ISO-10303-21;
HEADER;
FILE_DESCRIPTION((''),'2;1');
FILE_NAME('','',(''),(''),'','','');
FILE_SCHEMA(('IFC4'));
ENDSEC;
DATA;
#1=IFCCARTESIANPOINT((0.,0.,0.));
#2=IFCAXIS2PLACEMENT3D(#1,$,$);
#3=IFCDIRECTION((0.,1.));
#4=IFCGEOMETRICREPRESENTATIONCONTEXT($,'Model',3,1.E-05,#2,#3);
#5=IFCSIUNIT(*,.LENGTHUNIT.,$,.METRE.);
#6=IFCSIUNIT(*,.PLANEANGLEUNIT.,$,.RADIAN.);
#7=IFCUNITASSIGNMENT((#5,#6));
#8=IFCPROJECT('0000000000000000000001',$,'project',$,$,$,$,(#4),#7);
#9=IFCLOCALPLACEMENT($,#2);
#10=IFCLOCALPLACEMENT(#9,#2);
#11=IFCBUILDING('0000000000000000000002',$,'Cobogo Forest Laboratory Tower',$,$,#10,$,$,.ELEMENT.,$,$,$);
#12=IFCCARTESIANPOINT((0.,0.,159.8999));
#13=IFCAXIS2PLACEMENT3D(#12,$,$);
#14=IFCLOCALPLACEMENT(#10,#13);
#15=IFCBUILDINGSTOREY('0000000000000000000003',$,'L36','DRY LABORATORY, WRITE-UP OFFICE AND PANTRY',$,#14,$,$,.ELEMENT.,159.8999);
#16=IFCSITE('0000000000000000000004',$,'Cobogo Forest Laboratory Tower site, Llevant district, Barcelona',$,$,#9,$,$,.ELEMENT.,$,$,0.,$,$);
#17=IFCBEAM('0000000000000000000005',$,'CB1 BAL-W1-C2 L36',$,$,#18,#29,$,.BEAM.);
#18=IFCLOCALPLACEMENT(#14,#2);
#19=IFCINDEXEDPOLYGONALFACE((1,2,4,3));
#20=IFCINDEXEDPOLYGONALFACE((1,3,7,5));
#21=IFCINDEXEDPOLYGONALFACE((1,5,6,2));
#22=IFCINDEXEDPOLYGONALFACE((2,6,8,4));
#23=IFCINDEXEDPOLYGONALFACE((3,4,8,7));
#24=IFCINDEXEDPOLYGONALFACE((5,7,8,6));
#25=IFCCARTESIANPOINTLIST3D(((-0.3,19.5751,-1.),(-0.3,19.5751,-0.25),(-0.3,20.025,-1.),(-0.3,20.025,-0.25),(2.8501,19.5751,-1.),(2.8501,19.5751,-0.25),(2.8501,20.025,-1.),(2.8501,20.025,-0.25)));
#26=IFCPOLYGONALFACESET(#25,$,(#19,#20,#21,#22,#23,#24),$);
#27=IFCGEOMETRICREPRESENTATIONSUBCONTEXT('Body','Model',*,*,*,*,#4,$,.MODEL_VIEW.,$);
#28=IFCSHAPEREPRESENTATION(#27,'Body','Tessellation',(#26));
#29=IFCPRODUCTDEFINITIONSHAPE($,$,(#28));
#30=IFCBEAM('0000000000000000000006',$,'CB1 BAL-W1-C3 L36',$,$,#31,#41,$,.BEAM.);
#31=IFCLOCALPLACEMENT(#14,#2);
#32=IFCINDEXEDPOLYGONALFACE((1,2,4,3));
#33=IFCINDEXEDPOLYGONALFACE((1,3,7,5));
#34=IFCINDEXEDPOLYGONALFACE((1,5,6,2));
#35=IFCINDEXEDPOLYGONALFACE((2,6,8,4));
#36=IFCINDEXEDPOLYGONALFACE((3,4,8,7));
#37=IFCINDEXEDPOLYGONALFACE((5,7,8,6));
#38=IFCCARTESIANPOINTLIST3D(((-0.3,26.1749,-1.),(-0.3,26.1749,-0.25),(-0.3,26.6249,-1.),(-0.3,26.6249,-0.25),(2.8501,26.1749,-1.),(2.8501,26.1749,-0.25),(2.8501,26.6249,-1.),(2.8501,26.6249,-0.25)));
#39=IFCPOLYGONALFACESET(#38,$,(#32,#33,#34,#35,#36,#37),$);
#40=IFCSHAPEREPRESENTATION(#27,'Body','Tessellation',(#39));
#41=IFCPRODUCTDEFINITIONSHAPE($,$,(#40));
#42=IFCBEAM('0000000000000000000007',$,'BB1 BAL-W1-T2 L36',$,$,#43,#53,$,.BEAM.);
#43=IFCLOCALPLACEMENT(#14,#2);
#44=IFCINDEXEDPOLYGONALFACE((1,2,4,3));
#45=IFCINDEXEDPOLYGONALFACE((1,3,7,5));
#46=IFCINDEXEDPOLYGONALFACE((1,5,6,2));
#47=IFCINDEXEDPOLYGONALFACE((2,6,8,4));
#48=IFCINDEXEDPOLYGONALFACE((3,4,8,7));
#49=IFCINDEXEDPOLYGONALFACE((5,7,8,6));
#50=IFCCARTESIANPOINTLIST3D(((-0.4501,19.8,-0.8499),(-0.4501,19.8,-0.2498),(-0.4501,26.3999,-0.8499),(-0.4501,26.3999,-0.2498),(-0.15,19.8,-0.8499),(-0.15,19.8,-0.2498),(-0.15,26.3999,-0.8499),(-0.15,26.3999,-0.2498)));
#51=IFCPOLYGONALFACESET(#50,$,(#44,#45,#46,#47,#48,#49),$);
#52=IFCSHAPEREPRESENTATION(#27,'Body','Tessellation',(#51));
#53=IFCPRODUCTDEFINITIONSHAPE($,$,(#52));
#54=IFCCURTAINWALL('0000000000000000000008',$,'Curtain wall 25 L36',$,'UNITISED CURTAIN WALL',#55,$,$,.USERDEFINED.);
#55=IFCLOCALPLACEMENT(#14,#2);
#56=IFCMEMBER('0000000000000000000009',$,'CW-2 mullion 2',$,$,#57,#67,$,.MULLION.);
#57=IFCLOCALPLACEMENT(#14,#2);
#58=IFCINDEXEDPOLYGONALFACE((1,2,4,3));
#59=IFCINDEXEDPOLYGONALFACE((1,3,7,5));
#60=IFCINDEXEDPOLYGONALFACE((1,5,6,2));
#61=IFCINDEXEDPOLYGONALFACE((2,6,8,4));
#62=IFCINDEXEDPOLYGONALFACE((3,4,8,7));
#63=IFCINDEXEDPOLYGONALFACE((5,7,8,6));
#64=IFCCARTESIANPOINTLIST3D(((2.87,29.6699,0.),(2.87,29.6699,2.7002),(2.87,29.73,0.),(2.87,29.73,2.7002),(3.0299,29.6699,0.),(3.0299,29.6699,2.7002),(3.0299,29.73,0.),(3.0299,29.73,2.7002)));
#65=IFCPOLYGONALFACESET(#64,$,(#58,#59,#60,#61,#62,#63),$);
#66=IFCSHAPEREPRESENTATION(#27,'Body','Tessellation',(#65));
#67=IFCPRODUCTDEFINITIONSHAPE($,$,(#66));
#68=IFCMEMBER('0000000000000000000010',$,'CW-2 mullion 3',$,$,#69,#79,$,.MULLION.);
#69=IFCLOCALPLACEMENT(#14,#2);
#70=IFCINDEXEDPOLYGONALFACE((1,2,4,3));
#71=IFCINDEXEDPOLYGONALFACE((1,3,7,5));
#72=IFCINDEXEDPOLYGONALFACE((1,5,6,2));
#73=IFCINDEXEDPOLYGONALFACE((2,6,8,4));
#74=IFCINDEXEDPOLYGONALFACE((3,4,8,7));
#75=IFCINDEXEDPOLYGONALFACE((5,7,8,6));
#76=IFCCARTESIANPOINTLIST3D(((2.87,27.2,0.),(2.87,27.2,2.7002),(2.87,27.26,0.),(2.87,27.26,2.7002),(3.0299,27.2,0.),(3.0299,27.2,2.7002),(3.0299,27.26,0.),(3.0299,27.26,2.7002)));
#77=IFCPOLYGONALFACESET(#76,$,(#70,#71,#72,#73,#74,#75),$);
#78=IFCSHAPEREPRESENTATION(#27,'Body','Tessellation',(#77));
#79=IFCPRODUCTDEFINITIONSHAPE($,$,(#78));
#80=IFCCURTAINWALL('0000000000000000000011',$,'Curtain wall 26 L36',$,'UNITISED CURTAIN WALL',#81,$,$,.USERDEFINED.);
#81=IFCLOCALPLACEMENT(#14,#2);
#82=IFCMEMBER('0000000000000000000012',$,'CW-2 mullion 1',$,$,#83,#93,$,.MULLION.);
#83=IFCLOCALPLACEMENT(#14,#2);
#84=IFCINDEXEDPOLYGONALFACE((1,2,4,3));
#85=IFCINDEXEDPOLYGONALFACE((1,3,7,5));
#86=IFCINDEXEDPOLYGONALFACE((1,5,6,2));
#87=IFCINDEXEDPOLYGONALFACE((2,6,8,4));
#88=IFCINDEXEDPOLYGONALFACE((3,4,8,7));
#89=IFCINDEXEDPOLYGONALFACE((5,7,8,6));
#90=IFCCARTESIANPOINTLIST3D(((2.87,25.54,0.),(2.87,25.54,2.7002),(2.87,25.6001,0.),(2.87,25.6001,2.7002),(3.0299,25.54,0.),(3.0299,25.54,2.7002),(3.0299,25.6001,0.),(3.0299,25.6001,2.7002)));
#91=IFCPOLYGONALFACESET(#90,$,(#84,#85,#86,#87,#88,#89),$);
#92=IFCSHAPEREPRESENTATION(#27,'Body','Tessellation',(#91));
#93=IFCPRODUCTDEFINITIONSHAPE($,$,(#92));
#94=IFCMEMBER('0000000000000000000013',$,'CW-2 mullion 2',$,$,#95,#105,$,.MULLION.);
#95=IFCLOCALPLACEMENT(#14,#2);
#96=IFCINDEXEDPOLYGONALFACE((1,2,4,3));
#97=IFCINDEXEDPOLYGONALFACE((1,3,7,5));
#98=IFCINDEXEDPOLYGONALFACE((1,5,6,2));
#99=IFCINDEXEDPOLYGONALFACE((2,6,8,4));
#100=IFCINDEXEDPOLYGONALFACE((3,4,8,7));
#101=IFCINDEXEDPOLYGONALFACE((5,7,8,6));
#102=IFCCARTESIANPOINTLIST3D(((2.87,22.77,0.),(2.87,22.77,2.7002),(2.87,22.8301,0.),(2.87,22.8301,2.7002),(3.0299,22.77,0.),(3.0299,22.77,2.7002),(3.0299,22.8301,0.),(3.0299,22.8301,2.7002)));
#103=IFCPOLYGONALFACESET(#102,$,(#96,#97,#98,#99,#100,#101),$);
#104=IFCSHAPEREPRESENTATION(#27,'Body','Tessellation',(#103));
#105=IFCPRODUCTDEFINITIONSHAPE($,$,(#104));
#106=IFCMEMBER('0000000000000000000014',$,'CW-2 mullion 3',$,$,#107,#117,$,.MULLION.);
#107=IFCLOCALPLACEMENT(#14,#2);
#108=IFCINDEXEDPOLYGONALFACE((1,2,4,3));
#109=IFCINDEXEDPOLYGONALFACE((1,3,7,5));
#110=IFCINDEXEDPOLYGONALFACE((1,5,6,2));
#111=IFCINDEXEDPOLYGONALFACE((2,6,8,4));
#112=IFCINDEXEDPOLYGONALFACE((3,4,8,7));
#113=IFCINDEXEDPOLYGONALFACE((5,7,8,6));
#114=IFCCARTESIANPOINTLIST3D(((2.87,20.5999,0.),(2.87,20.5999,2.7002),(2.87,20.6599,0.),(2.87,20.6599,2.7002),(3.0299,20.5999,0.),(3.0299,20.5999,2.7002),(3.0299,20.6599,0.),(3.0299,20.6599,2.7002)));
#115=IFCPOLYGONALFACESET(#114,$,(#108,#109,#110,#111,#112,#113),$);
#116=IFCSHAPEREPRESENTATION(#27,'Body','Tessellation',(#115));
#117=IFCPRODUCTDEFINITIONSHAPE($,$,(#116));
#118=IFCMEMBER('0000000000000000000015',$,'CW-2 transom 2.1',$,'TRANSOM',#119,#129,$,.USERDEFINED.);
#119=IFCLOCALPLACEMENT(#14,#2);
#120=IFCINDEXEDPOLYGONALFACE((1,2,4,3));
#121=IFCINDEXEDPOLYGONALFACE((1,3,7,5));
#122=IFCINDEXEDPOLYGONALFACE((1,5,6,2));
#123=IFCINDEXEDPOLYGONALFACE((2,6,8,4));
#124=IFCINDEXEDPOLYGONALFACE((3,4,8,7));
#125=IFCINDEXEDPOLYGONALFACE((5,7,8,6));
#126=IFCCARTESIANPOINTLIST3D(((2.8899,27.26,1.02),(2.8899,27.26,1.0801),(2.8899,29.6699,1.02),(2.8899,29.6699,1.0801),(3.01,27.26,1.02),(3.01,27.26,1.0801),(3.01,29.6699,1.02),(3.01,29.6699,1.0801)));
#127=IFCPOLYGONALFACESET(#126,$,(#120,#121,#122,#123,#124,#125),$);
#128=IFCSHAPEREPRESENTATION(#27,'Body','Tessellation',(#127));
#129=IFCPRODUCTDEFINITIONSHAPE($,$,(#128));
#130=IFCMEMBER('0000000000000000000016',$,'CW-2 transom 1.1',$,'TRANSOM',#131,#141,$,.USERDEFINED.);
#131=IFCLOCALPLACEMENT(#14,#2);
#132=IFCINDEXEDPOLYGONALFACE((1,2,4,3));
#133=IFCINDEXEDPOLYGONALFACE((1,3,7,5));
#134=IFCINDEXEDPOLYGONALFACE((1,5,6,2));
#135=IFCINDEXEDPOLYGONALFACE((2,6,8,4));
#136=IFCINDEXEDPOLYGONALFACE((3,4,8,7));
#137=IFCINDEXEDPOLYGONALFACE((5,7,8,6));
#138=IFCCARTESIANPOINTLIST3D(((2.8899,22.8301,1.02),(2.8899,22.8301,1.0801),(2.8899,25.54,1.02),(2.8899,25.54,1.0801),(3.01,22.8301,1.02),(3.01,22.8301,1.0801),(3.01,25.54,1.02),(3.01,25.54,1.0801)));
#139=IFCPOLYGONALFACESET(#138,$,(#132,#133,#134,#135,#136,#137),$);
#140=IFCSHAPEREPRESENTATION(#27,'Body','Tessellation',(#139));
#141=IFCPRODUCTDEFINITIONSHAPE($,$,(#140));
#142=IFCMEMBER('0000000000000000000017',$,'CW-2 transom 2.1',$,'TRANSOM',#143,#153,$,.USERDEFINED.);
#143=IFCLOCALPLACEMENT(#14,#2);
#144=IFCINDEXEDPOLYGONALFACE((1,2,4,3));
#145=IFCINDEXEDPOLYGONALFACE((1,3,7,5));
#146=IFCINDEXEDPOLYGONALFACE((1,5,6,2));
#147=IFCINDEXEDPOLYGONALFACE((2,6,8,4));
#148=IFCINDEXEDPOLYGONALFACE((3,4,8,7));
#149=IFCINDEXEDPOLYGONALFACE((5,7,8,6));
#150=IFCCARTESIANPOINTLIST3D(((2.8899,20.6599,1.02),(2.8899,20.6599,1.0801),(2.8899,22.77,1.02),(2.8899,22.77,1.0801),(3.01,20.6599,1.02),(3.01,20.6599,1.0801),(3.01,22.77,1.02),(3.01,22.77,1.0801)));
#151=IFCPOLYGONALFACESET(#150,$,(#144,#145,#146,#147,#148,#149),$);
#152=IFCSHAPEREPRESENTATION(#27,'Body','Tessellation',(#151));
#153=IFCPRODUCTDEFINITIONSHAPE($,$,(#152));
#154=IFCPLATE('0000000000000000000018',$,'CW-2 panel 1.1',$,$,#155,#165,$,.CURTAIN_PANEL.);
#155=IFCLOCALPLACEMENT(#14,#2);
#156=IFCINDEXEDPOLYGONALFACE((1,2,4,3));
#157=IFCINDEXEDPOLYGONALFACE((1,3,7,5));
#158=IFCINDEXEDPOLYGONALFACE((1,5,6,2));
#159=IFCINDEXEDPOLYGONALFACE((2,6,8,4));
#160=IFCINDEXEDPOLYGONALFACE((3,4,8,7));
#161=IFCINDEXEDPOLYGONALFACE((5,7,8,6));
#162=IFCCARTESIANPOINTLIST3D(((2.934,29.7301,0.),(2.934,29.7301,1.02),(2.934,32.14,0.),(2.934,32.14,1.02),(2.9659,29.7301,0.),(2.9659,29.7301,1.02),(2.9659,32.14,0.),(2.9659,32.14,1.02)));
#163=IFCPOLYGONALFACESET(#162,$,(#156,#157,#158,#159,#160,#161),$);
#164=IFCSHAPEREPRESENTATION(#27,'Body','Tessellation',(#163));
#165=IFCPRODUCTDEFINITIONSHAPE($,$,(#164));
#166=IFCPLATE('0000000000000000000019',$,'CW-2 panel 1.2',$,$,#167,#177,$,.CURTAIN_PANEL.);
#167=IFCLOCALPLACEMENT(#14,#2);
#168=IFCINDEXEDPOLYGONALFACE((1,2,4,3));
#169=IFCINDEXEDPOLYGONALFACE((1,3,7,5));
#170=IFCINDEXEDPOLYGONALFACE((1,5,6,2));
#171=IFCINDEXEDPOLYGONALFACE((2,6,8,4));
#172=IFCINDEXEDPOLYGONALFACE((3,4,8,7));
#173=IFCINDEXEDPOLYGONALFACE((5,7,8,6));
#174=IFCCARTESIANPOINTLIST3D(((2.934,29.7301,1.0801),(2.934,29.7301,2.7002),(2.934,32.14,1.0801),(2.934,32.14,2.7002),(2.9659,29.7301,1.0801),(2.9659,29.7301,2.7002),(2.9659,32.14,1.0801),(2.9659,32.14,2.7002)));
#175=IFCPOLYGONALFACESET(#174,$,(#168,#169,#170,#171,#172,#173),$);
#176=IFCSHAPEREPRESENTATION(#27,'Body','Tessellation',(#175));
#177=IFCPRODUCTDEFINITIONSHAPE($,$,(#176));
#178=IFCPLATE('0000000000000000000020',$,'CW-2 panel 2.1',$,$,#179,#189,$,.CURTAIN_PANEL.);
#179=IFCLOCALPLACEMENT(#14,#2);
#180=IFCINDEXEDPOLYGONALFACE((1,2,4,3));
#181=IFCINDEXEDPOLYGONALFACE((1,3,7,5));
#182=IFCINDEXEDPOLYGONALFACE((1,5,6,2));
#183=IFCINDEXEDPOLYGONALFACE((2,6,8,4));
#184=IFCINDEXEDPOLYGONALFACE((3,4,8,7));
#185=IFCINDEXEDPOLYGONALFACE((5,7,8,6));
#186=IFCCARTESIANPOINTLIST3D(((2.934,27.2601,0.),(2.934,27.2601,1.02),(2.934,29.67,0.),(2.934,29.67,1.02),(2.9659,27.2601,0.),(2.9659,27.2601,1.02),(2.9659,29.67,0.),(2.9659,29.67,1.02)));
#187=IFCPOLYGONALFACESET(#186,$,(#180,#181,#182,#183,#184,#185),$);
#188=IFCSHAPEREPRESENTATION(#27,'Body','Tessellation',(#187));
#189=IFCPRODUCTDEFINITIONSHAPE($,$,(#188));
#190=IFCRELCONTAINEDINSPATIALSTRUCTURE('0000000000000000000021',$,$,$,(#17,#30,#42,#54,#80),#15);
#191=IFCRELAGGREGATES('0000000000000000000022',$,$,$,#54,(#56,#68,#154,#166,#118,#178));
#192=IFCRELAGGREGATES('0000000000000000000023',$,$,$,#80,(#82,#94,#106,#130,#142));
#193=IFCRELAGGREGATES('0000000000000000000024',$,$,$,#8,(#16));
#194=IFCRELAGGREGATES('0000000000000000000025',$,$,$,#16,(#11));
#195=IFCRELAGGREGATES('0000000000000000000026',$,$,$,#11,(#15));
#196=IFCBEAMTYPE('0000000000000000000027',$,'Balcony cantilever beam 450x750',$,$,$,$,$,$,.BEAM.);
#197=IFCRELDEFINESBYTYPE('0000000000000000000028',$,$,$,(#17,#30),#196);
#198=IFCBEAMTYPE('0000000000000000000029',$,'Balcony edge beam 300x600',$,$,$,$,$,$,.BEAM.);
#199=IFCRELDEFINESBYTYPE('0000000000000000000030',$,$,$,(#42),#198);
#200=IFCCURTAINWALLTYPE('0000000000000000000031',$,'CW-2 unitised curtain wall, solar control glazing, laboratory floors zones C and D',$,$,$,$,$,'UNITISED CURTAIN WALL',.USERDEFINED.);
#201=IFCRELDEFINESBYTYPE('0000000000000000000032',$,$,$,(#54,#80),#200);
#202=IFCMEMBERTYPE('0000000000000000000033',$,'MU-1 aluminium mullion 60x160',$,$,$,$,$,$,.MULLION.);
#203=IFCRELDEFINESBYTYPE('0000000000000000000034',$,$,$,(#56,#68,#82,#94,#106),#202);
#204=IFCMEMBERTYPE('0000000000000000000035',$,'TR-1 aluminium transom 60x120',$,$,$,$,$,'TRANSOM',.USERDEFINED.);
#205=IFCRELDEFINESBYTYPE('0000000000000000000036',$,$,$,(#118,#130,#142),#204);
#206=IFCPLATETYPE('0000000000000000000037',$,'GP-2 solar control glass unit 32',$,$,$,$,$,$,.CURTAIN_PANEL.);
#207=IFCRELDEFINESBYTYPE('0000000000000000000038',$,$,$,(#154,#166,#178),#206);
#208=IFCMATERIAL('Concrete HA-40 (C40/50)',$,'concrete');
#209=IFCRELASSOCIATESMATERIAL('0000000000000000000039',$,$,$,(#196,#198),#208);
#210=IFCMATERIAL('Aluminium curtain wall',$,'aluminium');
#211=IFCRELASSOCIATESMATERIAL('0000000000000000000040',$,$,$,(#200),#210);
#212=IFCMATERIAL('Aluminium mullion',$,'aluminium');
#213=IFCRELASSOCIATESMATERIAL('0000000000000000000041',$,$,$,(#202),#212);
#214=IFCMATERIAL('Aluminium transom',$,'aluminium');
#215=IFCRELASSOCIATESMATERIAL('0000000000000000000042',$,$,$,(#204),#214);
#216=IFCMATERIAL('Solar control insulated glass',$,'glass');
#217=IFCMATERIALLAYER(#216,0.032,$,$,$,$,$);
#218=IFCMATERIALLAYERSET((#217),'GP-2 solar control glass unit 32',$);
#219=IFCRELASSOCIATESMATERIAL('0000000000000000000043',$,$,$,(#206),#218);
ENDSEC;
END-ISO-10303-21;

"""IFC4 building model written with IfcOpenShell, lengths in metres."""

from ifc_helpers import new_model, si_unit, direction, frame, origin, origin_2d, place, context, subcontext, project, spatial, rectangle, extrude, material, layer, layer_set, material_profile, profile_set, type_object, element, aggregate, save


model = new_model("IFC4")

# Units and contexts
model_context = context("Model", 3, precision=1e-05, world=origin(), true_north=direction((0.0, 1.0)))
body_context = subcontext(model_context, "Body", "Model", "MODEL_VIEW")
ifc_project = project(units=[si_unit("LENGTHUNIT", "METRE"), si_unit("PLANEANGLEUNIT", "RADIAN")], contexts=[model_context])

# Site, building, storey
site_placement = place(None, origin())
site = spatial("IfcSite", under=ifc_project, at=site_placement, Name="Cobogo Forest Laboratory Tower site, Llevant district, Barcelona", CompositionType="ELEMENT", RefElevation=0.0)
building_placement = place(site_placement, origin())
building = spatial("IfcBuilding", under=site, at=building_placement, Name="Cobogo Forest Laboratory Tower", CompositionType="ELEMENT")
storey_placement = place(building_placement, frame((0.0, 0.0, 159.8999)))
storey = spatial("IfcBuildingStorey", under=building, at=storey_placement, Name="L36", Description="DRY LABORATORY, WRITE-UP OFFICE AND PANTRY", CompositionType="ELEMENT", Elevation=159.8999)

# Beams
ifc_material_1 = material(Name="Concrete HA-40 (C40/50)", Category="concrete")
ifc_material_profile_1 = material_profile(ifc_material_1, rectangle(XDim=0.45, YDim=0.75, at=origin_2d()), Name="RC 450x750")
ifc_profile_set_1 = profile_set([ifc_material_profile_1], Name="Concrete HA-40 (C40/50)")
beam_type_1 = type_object("IfcBeamType", Name="Balcony cantilever beam 450x750", PredefinedType="BEAM", material=ifc_profile_set_1)
for number, where, z_axis, x_axis, name in (
    (1, (2.8501, 19.8, -0.625), (-1.0, 0.0, 0.0), (0.0, -1.0, 0.0), "CB1 BAL-W1-C2 L36"),
    (2, (2.8501, 26.3999, -0.625), (-1.0, 0.0, 0.0), (0.0, -1.0, 0.0), "CB1 BAL-W1-C3 L36"),
):
    element("IfcBeam", number, at=place(storey_placement, frame(where, z_axis=z_axis, x_axis=x_axis)), inside=storey, type_object=beam_type_1, Name=name, PredefinedType="BEAM", context=body_context, shape_type="SweptSolid", body=[
        extrude(rectangle(XDim=0.45, YDim=0.75, at=origin_2d()), origin(), (0.0, 0.0, 1.0), 3.1501),
    ])
ifc_material_profile_2 = material_profile(ifc_material_1, rectangle(XDim=0.3, YDim=0.6001, at=origin_2d()), Name="RC 300x600")
ifc_profile_set_2 = profile_set([ifc_material_profile_2], Name="Concrete HA-40 (C40/50)")
beam_type_2 = type_object("IfcBeamType", Name="Balcony edge beam 300x600", PredefinedType="BEAM", material=ifc_profile_set_2)
beam_placement = place(storey_placement, frame((-0.3, 19.8, -0.5498), z_axis=(0.0, 1.0, 0.0), x_axis=(-1.0, 0.0, 0.0)))
element("IfcBeam", 3, at=beam_placement, inside=storey, type_object=beam_type_2, Name="BB1 BAL-W1-T2 L36", PredefinedType="BEAM", context=body_context, shape_type="SweptSolid", body=[
    extrude(rectangle(XDim=0.3, YDim=0.6001, at=origin_2d()), origin(), (0.0, 0.0, 1.0), 6.5999),
])

# Curtain walls, members
ifc_material_2 = material(Name="Aluminium curtain wall", Category="aluminium")
curtain_wall_type = type_object("IfcCurtainWallType", Name="CW-2 unitised curtain wall, solar control glazing, laboratory floors zones C and D", ElementType="UNITISED CURTAIN WALL", PredefinedType="USERDEFINED", material=ifc_material_2)
curtain_wall_1_placement = place(storey_placement, origin())
curtain_wall_1 = element("IfcCurtainWall", 4, at=curtain_wall_1_placement, inside=storey, type_object=curtain_wall_type, Name="Curtain wall 25 L36", ObjectType="UNITISED CURTAIN WALL", PredefinedType="USERDEFINED")
ifc_material_3 = material(Name="Aluminium mullion", Category="aluminium")
ifc_material_profile_3 = material_profile(ifc_material_3, rectangle(XDim=0.0601, YDim=0.1599, at=origin_2d()), Name="AL 60x160")
ifc_profile_set_3 = profile_set([ifc_material_profile_3], Name="Aluminium mullion")
member_type_1 = type_object("IfcMemberType", Name="MU-1 aluminium mullion 60x160", PredefinedType="MULLION", material=ifc_profile_set_3)
member_1_placement = place(storey_placement, frame((2.95, 29.7, 0.0), z_axis=(0.0, 0.0, 1.0), x_axis=(0.0, -1.0, 0.0)))
member_1 = element("IfcMember", 5, at=member_1_placement, type_object=member_type_1, Name="CW-2 mullion 2", PredefinedType="MULLION", context=body_context, shape_type="SweptSolid", body=[
    extrude(rectangle(XDim=0.0601, YDim=0.1599, at=origin_2d()), origin(), (0.0, 0.0, 1.0), 2.7002),
])
member_2_placement = place(storey_placement, frame((2.95, 27.23, 0.0), z_axis=(0.0, 0.0, 1.0), x_axis=(0.0, -1.0, 0.0)))
member_2 = element("IfcMember", 6, at=member_2_placement, type_object=member_type_1, Name="CW-2 mullion 3", PredefinedType="MULLION", context=body_context, shape_type="SweptSolid", body=[
    extrude(rectangle(XDim=0.0601, YDim=0.1599, at=origin_2d()), origin(), (0.0, 0.0, 1.0), 2.7002),
])
curtain_wall_2_placement = place(storey_placement, origin())
curtain_wall_2 = element("IfcCurtainWall", 7, at=curtain_wall_2_placement, inside=storey, type_object=curtain_wall_type, Name="Curtain wall 26 L36", ObjectType="UNITISED CURTAIN WALL", PredefinedType="USERDEFINED")
member_3_placement = place(storey_placement, frame((2.95, 25.5701, 0.0), z_axis=(0.0, 0.0, 1.0), x_axis=(0.0, -1.0, 0.0)))
member_3 = element("IfcMember", 8, at=member_3_placement, type_object=member_type_1, Name="CW-2 mullion 1", PredefinedType="MULLION", context=body_context, shape_type="SweptSolid", body=[
    extrude(rectangle(XDim=0.0601, YDim=0.1599, at=origin_2d()), origin(), (0.0, 0.0, 1.0), 2.7002),
])
member_4_placement = place(storey_placement, frame((2.95, 22.8, 0.0), z_axis=(0.0, 0.0, 1.0), x_axis=(0.0, -1.0, 0.0)))
member_4 = element("IfcMember", 9, at=member_4_placement, type_object=member_type_1, Name="CW-2 mullion 2", PredefinedType="MULLION", context=body_context, shape_type="SweptSolid", body=[
    extrude(rectangle(XDim=0.0601, YDim=0.1599, at=origin_2d()), origin(), (0.0, 0.0, 1.0), 2.7002),
])
member_5_placement = place(storey_placement, frame((2.95, 20.6299, 0.0), z_axis=(0.0, 0.0, 1.0), x_axis=(0.0, -1.0, 0.0)))
member_5 = element("IfcMember", 10, at=member_5_placement, type_object=member_type_1, Name="CW-2 mullion 3", PredefinedType="MULLION", context=body_context, shape_type="SweptSolid", body=[
    extrude(rectangle(XDim=0.0601, YDim=0.1599, at=origin_2d()), origin(), (0.0, 0.0, 1.0), 2.7002),
])

# Members
ifc_material_4 = material(Name="Aluminium transom", Category="aluminium")
ifc_material_profile_4 = material_profile(ifc_material_4, rectangle(XDim=0.1201, YDim=0.0601, at=origin_2d()), Name="AL 60x120")
ifc_profile_set_4 = profile_set([ifc_material_profile_4], Name="Aluminium transom")
member_type_2 = type_object("IfcMemberType", Name="TR-1 aluminium transom 60x120", ElementType="TRANSOM", PredefinedType="USERDEFINED", material=ifc_profile_set_4)
member_6_placement = place(storey_placement, frame((2.95, 29.6699, 1.05), z_axis=(0.0, -1.0, 0.0), x_axis=(1.0, 0.0, 0.0)))
member_6 = element("IfcMember", 11, at=member_6_placement, type_object=member_type_2, Name="CW-2 transom 2.1", ObjectType="TRANSOM", PredefinedType="USERDEFINED", context=body_context, shape_type="SweptSolid", body=[
    extrude(rectangle(XDim=0.1201, YDim=0.0601, at=origin_2d()), origin(), (0.0, 0.0, 1.0), 2.4099),
])
member_7_placement = place(storey_placement, frame((2.95, 25.54, 1.05), z_axis=(0.0, -1.0, 0.0), x_axis=(1.0, 0.0, 0.0)))
member_7 = element("IfcMember", 12, at=member_7_placement, type_object=member_type_2, Name="CW-2 transom 1.1", ObjectType="TRANSOM", PredefinedType="USERDEFINED", context=body_context, shape_type="SweptSolid", body=[
    extrude(rectangle(XDim=0.1201, YDim=0.0601, at=origin_2d()), origin(), (0.0, 0.0, 1.0), 2.71),
])
member_8_placement = place(storey_placement, frame((2.95, 22.77, 1.05), z_axis=(0.0, -1.0, 0.0), x_axis=(1.0, 0.0, 0.0)))
member_8 = element("IfcMember", 13, at=member_8_placement, type_object=member_type_2, Name="CW-2 transom 2.1", ObjectType="TRANSOM", PredefinedType="USERDEFINED", context=body_context, shape_type="SweptSolid", body=[
    extrude(rectangle(XDim=0.1201, YDim=0.0601, at=origin_2d()), origin(), (0.0, 0.0, 1.0), 2.1101),
])

# Plates
ifc_material_5 = material(Name="Solar control insulated glass", Category="glass")
ifc_layer_1 = layer(ifc_material_5, 0.032)
ifc_layer_set_1 = layer_set([ifc_layer_1], Name="GP-2 solar control glass unit 32")
plate_type_1 = type_object("IfcPlateType", Name="GP-2 solar control glass unit 32", PredefinedType="CURTAIN_PANEL", material=ifc_layer_set_1)
plate_1_placement = place(storey_placement, frame((2.95, 30.9351, 0.0), z_axis=(0.0, 0.0, 1.0), x_axis=(0.0, -1.0, 0.0)))
plate_1 = element("IfcPlate", 14, at=plate_1_placement, type_object=plate_type_1, Name="CW-2 panel 1.1", PredefinedType="CURTAIN_PANEL", context=body_context, shape_type="SweptSolid", body=[
    extrude(rectangle(XDim=2.4099, YDim=0.032, at=origin_2d()), origin(), (0.0, 0.0, 1.0), 1.02),
])
plate_2_placement = place(storey_placement, frame((2.95, 30.9351, 1.0801), z_axis=(0.0, 0.0, 1.0), x_axis=(0.0, -1.0, 0.0)))
plate_2 = element("IfcPlate", 15, at=plate_2_placement, type_object=plate_type_1, Name="CW-2 panel 1.2", PredefinedType="CURTAIN_PANEL", context=body_context, shape_type="SweptSolid", body=[
    extrude(rectangle(XDim=2.4099, YDim=0.032, at=origin_2d()), origin(), (0.0, 0.0, 1.0), 1.6201),
])
plate_3_placement = place(storey_placement, frame((2.95, 28.4651, 0.0), z_axis=(0.0, 0.0, 1.0), x_axis=(0.0, -1.0, 0.0)))
plate_3 = element("IfcPlate", 16, at=plate_3_placement, type_object=plate_type_1, Name="CW-2 panel 2.1", PredefinedType="CURTAIN_PANEL", context=body_context, shape_type="SweptSolid", body=[
    extrude(rectangle(XDim=2.4099, YDim=0.032, at=origin_2d()), origin(), (0.0, 0.0, 1.0), 1.02),
])
aggregate(curtain_wall_1, [member_1, member_2, plate_1, plate_2, member_6, plate_3])
aggregate(curtain_wall_2, [member_3, member_4, member_5, member_7, member_8])

save(model, "model.ifc")
